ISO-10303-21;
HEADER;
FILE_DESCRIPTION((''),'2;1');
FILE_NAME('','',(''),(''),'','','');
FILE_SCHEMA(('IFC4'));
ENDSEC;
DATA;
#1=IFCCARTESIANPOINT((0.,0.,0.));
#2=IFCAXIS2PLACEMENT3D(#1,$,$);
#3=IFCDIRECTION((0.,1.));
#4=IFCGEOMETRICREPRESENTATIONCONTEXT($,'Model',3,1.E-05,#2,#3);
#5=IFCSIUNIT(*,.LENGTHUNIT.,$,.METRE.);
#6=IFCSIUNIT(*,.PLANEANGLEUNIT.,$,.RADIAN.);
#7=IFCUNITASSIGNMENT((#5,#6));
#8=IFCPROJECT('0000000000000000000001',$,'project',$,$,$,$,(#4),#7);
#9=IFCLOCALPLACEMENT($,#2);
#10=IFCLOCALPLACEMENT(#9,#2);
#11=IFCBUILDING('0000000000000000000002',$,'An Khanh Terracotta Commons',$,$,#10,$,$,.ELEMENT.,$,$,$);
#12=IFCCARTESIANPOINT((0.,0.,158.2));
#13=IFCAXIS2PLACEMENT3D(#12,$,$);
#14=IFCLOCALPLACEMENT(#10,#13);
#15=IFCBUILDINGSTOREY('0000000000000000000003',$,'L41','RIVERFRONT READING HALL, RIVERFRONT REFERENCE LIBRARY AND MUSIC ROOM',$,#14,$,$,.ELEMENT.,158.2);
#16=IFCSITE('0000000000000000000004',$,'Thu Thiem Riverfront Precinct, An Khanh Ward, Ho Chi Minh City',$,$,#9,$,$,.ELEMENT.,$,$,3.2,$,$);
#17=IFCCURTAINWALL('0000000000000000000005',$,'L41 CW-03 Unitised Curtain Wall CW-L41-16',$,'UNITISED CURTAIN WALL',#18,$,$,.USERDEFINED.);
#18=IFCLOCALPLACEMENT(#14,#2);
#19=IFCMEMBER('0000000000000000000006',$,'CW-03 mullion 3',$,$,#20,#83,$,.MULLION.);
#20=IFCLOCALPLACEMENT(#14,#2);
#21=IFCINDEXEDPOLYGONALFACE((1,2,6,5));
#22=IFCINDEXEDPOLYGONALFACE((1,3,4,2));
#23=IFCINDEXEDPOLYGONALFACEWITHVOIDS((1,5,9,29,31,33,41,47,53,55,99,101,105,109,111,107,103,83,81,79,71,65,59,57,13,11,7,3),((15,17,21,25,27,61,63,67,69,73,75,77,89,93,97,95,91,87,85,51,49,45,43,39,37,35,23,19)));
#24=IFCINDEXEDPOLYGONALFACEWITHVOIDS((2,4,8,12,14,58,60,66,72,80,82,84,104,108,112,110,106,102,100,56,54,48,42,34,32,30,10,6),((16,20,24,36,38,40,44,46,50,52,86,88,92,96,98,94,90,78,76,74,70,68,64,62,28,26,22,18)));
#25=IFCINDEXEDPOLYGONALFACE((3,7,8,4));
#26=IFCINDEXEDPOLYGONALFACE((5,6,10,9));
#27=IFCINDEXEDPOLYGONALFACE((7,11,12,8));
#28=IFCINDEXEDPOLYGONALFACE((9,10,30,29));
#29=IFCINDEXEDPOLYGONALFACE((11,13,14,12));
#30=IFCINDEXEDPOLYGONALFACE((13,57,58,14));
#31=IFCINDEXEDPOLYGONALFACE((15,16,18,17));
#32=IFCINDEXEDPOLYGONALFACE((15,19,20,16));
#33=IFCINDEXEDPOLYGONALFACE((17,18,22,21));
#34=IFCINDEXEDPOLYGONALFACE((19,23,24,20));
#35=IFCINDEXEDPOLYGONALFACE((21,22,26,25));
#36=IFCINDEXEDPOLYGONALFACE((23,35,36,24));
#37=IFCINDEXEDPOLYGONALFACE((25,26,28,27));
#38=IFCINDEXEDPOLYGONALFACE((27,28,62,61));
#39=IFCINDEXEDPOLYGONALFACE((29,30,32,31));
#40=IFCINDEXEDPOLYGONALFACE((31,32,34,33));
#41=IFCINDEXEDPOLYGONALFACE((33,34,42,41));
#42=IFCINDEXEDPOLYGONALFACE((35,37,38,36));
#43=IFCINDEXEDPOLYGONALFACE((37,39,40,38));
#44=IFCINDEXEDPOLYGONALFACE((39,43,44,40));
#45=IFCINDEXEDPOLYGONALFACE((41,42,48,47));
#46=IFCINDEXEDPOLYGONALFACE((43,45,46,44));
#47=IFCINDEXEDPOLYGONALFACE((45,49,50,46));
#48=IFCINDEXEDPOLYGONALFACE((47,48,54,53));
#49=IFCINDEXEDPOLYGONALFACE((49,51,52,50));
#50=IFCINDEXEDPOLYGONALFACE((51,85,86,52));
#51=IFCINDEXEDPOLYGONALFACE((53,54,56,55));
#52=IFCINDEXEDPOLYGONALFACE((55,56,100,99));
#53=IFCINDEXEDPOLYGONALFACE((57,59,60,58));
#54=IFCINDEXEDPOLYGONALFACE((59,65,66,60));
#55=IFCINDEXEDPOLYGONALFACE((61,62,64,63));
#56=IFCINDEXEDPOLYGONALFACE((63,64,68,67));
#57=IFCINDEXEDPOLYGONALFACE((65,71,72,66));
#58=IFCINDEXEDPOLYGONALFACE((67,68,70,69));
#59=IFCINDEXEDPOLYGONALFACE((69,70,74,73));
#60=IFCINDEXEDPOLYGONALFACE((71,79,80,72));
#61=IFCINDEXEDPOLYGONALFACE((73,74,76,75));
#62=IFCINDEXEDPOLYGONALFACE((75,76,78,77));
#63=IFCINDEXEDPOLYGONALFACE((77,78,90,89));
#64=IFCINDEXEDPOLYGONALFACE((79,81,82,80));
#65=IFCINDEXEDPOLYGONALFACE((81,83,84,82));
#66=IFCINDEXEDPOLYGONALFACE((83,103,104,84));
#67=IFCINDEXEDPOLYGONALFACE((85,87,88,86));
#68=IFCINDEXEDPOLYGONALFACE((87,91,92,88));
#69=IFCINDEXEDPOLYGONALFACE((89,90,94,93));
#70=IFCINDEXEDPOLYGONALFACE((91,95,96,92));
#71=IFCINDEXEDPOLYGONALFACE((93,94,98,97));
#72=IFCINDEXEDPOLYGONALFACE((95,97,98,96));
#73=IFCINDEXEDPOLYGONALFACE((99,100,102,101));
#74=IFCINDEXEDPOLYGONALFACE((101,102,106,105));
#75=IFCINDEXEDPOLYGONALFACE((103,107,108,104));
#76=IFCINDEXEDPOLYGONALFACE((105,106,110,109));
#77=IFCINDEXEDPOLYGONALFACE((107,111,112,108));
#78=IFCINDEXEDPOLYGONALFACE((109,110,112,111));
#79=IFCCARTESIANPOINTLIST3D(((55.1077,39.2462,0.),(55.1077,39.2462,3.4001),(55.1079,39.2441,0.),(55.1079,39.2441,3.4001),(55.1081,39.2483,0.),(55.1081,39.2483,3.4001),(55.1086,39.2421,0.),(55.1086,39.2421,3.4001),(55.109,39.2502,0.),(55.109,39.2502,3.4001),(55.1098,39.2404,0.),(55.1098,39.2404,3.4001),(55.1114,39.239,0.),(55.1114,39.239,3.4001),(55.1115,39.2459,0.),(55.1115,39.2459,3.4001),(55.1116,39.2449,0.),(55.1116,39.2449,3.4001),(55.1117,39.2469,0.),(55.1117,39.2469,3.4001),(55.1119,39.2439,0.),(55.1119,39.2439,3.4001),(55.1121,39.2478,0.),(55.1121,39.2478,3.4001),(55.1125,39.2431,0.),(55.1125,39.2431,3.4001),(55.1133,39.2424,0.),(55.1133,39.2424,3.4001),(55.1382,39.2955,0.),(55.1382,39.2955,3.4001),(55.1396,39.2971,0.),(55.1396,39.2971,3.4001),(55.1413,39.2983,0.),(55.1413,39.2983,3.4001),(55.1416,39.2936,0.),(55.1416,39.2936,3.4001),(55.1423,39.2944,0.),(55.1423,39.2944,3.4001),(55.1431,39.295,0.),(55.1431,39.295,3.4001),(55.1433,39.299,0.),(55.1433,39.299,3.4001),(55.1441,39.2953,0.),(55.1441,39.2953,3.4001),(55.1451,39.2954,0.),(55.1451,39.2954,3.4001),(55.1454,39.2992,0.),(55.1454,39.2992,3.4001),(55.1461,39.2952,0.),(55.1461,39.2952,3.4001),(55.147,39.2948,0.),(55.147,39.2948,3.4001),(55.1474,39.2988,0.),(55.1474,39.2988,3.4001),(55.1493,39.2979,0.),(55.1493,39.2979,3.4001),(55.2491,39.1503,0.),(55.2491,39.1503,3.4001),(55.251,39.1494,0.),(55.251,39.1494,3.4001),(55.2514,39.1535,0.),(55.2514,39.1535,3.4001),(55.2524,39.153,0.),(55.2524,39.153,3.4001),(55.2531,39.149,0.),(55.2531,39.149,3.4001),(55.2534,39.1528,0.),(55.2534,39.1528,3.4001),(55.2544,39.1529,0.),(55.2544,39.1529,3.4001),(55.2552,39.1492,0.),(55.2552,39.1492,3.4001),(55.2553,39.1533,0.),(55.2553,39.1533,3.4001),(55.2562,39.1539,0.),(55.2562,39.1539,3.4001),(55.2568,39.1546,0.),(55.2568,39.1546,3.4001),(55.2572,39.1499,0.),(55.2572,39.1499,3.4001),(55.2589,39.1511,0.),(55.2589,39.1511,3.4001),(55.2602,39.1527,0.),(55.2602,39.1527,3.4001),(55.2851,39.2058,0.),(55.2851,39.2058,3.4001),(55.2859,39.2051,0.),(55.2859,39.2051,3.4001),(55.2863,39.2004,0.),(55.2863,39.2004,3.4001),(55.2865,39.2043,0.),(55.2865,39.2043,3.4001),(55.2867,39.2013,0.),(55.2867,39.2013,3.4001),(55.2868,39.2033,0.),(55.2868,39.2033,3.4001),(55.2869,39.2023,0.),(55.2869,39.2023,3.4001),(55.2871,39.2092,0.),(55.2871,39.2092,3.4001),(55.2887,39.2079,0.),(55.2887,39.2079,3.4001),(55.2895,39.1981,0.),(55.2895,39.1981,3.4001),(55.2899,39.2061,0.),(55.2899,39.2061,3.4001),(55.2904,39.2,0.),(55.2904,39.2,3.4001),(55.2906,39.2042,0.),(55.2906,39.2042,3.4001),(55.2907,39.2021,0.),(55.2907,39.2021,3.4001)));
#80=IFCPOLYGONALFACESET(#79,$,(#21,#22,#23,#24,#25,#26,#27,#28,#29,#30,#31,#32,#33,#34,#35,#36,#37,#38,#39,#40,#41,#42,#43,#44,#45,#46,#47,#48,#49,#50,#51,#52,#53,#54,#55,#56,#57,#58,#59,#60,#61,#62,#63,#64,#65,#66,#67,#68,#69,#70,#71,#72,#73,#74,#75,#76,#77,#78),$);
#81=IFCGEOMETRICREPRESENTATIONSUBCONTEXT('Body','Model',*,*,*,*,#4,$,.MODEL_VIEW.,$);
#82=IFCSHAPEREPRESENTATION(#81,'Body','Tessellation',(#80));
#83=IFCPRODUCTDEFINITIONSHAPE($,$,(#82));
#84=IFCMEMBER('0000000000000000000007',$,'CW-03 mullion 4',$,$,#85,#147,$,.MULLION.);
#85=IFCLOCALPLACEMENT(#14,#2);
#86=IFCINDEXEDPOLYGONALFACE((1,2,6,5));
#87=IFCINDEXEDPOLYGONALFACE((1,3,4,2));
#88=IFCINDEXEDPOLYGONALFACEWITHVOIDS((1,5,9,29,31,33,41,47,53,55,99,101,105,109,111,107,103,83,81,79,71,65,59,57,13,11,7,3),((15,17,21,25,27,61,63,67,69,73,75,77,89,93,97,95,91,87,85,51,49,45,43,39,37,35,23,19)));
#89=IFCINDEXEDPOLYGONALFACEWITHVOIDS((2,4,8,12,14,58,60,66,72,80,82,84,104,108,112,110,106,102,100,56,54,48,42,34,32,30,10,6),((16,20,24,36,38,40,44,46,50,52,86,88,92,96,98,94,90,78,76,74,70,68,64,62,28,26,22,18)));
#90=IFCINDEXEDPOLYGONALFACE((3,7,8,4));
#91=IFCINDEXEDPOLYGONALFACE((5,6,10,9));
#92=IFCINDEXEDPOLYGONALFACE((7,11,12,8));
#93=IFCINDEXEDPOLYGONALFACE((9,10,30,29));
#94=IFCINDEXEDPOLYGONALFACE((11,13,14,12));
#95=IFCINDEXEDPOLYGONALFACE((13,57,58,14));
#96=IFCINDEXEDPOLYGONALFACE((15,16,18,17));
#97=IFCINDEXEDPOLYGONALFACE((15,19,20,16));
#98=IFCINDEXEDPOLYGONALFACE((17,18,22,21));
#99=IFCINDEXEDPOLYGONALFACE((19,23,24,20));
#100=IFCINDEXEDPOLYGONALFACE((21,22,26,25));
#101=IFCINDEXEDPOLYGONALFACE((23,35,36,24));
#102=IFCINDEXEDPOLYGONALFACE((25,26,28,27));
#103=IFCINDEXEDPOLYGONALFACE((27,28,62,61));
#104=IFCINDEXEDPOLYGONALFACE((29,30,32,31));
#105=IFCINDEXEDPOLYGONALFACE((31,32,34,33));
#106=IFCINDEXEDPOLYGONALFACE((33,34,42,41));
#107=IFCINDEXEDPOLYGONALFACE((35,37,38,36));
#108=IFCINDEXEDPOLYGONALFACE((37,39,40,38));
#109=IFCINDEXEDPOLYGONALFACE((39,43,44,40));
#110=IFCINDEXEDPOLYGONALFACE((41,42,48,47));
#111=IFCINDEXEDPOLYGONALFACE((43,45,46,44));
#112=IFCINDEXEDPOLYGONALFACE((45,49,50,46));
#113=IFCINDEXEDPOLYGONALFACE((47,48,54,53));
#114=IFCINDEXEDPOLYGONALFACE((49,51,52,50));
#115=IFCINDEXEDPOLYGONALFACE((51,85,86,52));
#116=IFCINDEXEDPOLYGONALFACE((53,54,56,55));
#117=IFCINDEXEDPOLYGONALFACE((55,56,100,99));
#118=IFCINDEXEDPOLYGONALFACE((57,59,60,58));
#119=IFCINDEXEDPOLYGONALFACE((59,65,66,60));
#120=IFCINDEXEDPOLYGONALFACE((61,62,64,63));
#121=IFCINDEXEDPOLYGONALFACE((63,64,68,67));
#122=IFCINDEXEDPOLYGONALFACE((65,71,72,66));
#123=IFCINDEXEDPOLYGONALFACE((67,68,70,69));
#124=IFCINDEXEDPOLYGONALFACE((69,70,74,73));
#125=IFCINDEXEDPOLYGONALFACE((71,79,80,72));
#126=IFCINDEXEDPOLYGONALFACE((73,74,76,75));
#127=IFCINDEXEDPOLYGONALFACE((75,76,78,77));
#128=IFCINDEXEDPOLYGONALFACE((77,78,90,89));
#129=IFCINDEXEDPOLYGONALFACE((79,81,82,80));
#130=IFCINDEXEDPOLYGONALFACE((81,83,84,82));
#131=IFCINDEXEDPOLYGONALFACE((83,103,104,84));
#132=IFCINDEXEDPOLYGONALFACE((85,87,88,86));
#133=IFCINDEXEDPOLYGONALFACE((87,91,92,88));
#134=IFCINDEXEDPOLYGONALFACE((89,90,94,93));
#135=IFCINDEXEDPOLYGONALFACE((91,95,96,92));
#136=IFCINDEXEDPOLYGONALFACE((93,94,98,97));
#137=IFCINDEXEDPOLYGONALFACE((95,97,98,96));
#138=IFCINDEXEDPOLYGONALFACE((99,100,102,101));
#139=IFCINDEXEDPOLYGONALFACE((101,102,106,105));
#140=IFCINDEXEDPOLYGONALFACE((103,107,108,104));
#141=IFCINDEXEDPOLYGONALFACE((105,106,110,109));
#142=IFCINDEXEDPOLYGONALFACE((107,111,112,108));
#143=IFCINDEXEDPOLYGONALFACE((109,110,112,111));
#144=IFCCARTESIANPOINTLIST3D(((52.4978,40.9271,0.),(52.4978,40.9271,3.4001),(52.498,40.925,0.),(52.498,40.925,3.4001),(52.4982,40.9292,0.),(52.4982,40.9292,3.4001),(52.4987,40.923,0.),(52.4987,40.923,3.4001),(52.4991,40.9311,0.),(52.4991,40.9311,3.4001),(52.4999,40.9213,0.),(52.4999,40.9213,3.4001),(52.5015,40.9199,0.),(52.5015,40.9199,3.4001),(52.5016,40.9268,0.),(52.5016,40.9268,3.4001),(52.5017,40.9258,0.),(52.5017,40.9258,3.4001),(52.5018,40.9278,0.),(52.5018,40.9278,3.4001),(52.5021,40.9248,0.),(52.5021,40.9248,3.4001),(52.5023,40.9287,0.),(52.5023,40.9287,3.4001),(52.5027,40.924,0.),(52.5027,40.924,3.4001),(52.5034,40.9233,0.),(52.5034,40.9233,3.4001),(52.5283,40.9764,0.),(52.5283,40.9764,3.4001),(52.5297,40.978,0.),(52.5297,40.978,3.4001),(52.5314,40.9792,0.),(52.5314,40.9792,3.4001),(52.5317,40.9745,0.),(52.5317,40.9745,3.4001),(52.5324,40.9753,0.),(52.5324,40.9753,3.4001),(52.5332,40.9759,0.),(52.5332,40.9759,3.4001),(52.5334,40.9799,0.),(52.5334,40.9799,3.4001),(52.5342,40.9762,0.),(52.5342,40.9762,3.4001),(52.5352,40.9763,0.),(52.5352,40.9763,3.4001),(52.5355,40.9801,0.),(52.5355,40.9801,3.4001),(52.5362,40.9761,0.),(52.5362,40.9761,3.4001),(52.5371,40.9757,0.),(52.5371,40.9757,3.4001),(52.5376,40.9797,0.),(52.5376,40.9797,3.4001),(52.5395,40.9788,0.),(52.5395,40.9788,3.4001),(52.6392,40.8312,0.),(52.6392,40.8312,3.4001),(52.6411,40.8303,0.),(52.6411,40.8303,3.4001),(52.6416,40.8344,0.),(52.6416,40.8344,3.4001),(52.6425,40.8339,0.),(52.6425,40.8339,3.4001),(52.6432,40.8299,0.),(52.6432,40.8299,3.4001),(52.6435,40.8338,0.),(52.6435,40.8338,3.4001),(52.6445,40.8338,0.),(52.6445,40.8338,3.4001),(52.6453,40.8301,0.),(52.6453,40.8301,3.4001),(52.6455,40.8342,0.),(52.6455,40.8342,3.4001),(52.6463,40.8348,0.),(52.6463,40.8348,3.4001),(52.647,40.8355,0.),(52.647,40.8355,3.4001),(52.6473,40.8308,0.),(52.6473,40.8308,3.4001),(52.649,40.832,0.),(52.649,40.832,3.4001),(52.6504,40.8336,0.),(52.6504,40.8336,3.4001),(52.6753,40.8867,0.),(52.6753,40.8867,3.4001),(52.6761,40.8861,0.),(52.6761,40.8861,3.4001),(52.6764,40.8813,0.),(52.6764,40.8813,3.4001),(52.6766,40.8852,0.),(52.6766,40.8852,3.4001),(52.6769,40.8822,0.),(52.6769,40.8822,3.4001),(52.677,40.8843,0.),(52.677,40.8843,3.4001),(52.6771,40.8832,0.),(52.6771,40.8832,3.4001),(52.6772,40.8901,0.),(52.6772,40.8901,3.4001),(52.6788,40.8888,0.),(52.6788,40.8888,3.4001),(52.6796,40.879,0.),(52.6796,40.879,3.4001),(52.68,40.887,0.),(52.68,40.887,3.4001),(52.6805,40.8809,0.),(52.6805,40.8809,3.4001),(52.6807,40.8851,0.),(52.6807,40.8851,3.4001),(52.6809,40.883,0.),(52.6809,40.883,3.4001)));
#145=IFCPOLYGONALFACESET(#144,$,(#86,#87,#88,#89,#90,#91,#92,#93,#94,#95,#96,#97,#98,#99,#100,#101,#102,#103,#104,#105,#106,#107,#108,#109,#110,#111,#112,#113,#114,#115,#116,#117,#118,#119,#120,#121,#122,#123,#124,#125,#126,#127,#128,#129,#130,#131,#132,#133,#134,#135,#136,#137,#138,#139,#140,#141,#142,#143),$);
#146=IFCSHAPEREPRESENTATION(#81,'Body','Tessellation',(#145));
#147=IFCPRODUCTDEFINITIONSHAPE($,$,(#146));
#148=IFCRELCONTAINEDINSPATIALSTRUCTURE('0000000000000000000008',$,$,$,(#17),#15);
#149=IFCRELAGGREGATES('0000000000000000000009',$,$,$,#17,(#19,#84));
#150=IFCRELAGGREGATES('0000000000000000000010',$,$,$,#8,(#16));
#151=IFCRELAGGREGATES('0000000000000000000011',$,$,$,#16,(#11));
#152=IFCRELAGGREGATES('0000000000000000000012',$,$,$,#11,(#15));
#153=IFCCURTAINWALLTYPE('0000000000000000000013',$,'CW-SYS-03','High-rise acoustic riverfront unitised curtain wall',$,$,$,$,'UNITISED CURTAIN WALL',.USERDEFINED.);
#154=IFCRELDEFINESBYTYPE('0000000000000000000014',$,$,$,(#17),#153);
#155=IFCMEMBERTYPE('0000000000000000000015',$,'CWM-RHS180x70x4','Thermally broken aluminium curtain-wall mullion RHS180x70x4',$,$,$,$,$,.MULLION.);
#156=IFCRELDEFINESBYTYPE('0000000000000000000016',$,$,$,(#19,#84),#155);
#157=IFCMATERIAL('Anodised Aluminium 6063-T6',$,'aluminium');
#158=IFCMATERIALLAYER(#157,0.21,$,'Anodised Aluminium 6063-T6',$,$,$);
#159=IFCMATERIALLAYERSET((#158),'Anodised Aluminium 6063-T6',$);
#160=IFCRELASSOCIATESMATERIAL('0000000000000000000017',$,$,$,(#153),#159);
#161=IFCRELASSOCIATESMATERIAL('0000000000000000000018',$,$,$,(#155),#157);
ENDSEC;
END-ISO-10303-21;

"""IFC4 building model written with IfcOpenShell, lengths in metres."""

from ifc_helpers import new_model, si_unit, direction, frame, origin, origin_2d, place, context, subcontext, project, spatial, hollow_rectangle, extrude, material, layer, layer_set, material_profile, profile_set, type_object, element, aggregate, save


model = new_model("IFC4")

# Units and contexts
model_context = context("Model", 3, precision=1e-05, world=origin(), true_north=direction((0.0, 1.0)))
body_context = subcontext(model_context, "Body", "Model", "MODEL_VIEW")
ifc_project = project(units=[si_unit("LENGTHUNIT", "METRE"), si_unit("PLANEANGLEUNIT", "RADIAN")], contexts=[model_context])

# Site, building, storey
site_placement = place(None, origin())
site = spatial("IfcSite", under=ifc_project, at=site_placement, Name="Thu Thiem Riverfront Precinct, An Khanh Ward, Ho Chi Minh City", CompositionType="ELEMENT", RefElevation=3.2)
building_placement = place(site_placement, origin())
building = spatial("IfcBuilding", under=site, at=building_placement, Name="An Khanh Terracotta Commons", CompositionType="ELEMENT")
storey_placement = place(building_placement, frame((0.0, 0.0, 158.2)))
storey = spatial("IfcBuildingStorey", under=building, at=storey_placement, Name="L41", Description="RIVERFRONT READING HALL, RIVERFRONT REFERENCE LIBRARY AND MUSIC ROOM", CompositionType="ELEMENT", Elevation=158.2)

# Curtain wall, members
ifc_material_1 = material(Name="Anodised Aluminium 6063-T6", Category="aluminium")
ifc_layer_1 = layer(ifc_material_1, 0.21, Name="Anodised Aluminium 6063-T6")
ifc_layer_set_1 = layer_set([ifc_layer_1], Name="Anodised Aluminium 6063-T6")
curtain_wall_type = type_object("IfcCurtainWallType", Name="CW-SYS-03", Description="High-rise acoustic riverfront unitised curtain wall", ElementType="UNITISED CURTAIN WALL", PredefinedType="USERDEFINED", material=ifc_layer_set_1)
curtain_wall_placement = place(storey_placement, origin())
curtain_wall = element("IfcCurtainWall", 1, at=curtain_wall_placement, inside=storey, type_object=curtain_wall_type, Name="L41 CW-03 Unitised Curtain Wall CW-L41-16", ObjectType="UNITISED CURTAIN WALL", PredefinedType="USERDEFINED")
ifc_material_profile_1 = material_profile(ifc_material_1, hollow_rectangle(XDim=0.0701, YDim=0.1799, WallThickness=0.0039, InnerFilletRadius=0.0039, OuterFilletRadius=0.0081, at=origin_2d()), Name="RHS180x70x4")
ifc_profile_set_1 = profile_set([ifc_material_profile_1], Name="Anodised Aluminium 6063-T6")
member_type_1 = type_object("IfcMemberType", Name="CWM-RHS180x70x4", Description="Thermally broken aluminium curtain-wall mullion RHS180x70x4", PredefinedType="MULLION", material=ifc_profile_set_1)
member_1_placement = place(storey_placement, frame((55.1992, 39.2241, 0.0), z_axis=(0.0, 0.0, 1.0), x_axis=(-0.541498, -0.840702, 0.0)))
member_1 = element("IfcMember", 2, at=member_1_placement, type_object=member_type_1, Name="CW-03 mullion 3", PredefinedType="MULLION", context=body_context, shape_type="SweptSolid", body=[
    extrude(hollow_rectangle(XDim=0.0701, YDim=0.1799, WallThickness=0.0039, InnerFilletRadius=0.0039, OuterFilletRadius=0.0081, at=origin_2d()), origin(), (0.0, 0.0, 1.0), 3.4001),
])
member_2_placement = place(storey_placement, frame((52.5894, 40.905, 0.0), z_axis=(0.0, 0.0, 1.0), x_axis=(-0.541498, -0.840702, 0.0)))
member_2 = element("IfcMember", 3, at=member_2_placement, type_object=member_type_1, Name="CW-03 mullion 4", PredefinedType="MULLION", context=body_context, shape_type="SweptSolid", body=[
    extrude(hollow_rectangle(XDim=0.0701, YDim=0.1799, WallThickness=0.0039, InnerFilletRadius=0.0039, OuterFilletRadius=0.0081, at=origin_2d()), origin(), (0.0, 0.0, 1.0), 3.4001),
])
aggregate(curtain_wall, [member_1, member_2])

save(model, "model.ifc")
